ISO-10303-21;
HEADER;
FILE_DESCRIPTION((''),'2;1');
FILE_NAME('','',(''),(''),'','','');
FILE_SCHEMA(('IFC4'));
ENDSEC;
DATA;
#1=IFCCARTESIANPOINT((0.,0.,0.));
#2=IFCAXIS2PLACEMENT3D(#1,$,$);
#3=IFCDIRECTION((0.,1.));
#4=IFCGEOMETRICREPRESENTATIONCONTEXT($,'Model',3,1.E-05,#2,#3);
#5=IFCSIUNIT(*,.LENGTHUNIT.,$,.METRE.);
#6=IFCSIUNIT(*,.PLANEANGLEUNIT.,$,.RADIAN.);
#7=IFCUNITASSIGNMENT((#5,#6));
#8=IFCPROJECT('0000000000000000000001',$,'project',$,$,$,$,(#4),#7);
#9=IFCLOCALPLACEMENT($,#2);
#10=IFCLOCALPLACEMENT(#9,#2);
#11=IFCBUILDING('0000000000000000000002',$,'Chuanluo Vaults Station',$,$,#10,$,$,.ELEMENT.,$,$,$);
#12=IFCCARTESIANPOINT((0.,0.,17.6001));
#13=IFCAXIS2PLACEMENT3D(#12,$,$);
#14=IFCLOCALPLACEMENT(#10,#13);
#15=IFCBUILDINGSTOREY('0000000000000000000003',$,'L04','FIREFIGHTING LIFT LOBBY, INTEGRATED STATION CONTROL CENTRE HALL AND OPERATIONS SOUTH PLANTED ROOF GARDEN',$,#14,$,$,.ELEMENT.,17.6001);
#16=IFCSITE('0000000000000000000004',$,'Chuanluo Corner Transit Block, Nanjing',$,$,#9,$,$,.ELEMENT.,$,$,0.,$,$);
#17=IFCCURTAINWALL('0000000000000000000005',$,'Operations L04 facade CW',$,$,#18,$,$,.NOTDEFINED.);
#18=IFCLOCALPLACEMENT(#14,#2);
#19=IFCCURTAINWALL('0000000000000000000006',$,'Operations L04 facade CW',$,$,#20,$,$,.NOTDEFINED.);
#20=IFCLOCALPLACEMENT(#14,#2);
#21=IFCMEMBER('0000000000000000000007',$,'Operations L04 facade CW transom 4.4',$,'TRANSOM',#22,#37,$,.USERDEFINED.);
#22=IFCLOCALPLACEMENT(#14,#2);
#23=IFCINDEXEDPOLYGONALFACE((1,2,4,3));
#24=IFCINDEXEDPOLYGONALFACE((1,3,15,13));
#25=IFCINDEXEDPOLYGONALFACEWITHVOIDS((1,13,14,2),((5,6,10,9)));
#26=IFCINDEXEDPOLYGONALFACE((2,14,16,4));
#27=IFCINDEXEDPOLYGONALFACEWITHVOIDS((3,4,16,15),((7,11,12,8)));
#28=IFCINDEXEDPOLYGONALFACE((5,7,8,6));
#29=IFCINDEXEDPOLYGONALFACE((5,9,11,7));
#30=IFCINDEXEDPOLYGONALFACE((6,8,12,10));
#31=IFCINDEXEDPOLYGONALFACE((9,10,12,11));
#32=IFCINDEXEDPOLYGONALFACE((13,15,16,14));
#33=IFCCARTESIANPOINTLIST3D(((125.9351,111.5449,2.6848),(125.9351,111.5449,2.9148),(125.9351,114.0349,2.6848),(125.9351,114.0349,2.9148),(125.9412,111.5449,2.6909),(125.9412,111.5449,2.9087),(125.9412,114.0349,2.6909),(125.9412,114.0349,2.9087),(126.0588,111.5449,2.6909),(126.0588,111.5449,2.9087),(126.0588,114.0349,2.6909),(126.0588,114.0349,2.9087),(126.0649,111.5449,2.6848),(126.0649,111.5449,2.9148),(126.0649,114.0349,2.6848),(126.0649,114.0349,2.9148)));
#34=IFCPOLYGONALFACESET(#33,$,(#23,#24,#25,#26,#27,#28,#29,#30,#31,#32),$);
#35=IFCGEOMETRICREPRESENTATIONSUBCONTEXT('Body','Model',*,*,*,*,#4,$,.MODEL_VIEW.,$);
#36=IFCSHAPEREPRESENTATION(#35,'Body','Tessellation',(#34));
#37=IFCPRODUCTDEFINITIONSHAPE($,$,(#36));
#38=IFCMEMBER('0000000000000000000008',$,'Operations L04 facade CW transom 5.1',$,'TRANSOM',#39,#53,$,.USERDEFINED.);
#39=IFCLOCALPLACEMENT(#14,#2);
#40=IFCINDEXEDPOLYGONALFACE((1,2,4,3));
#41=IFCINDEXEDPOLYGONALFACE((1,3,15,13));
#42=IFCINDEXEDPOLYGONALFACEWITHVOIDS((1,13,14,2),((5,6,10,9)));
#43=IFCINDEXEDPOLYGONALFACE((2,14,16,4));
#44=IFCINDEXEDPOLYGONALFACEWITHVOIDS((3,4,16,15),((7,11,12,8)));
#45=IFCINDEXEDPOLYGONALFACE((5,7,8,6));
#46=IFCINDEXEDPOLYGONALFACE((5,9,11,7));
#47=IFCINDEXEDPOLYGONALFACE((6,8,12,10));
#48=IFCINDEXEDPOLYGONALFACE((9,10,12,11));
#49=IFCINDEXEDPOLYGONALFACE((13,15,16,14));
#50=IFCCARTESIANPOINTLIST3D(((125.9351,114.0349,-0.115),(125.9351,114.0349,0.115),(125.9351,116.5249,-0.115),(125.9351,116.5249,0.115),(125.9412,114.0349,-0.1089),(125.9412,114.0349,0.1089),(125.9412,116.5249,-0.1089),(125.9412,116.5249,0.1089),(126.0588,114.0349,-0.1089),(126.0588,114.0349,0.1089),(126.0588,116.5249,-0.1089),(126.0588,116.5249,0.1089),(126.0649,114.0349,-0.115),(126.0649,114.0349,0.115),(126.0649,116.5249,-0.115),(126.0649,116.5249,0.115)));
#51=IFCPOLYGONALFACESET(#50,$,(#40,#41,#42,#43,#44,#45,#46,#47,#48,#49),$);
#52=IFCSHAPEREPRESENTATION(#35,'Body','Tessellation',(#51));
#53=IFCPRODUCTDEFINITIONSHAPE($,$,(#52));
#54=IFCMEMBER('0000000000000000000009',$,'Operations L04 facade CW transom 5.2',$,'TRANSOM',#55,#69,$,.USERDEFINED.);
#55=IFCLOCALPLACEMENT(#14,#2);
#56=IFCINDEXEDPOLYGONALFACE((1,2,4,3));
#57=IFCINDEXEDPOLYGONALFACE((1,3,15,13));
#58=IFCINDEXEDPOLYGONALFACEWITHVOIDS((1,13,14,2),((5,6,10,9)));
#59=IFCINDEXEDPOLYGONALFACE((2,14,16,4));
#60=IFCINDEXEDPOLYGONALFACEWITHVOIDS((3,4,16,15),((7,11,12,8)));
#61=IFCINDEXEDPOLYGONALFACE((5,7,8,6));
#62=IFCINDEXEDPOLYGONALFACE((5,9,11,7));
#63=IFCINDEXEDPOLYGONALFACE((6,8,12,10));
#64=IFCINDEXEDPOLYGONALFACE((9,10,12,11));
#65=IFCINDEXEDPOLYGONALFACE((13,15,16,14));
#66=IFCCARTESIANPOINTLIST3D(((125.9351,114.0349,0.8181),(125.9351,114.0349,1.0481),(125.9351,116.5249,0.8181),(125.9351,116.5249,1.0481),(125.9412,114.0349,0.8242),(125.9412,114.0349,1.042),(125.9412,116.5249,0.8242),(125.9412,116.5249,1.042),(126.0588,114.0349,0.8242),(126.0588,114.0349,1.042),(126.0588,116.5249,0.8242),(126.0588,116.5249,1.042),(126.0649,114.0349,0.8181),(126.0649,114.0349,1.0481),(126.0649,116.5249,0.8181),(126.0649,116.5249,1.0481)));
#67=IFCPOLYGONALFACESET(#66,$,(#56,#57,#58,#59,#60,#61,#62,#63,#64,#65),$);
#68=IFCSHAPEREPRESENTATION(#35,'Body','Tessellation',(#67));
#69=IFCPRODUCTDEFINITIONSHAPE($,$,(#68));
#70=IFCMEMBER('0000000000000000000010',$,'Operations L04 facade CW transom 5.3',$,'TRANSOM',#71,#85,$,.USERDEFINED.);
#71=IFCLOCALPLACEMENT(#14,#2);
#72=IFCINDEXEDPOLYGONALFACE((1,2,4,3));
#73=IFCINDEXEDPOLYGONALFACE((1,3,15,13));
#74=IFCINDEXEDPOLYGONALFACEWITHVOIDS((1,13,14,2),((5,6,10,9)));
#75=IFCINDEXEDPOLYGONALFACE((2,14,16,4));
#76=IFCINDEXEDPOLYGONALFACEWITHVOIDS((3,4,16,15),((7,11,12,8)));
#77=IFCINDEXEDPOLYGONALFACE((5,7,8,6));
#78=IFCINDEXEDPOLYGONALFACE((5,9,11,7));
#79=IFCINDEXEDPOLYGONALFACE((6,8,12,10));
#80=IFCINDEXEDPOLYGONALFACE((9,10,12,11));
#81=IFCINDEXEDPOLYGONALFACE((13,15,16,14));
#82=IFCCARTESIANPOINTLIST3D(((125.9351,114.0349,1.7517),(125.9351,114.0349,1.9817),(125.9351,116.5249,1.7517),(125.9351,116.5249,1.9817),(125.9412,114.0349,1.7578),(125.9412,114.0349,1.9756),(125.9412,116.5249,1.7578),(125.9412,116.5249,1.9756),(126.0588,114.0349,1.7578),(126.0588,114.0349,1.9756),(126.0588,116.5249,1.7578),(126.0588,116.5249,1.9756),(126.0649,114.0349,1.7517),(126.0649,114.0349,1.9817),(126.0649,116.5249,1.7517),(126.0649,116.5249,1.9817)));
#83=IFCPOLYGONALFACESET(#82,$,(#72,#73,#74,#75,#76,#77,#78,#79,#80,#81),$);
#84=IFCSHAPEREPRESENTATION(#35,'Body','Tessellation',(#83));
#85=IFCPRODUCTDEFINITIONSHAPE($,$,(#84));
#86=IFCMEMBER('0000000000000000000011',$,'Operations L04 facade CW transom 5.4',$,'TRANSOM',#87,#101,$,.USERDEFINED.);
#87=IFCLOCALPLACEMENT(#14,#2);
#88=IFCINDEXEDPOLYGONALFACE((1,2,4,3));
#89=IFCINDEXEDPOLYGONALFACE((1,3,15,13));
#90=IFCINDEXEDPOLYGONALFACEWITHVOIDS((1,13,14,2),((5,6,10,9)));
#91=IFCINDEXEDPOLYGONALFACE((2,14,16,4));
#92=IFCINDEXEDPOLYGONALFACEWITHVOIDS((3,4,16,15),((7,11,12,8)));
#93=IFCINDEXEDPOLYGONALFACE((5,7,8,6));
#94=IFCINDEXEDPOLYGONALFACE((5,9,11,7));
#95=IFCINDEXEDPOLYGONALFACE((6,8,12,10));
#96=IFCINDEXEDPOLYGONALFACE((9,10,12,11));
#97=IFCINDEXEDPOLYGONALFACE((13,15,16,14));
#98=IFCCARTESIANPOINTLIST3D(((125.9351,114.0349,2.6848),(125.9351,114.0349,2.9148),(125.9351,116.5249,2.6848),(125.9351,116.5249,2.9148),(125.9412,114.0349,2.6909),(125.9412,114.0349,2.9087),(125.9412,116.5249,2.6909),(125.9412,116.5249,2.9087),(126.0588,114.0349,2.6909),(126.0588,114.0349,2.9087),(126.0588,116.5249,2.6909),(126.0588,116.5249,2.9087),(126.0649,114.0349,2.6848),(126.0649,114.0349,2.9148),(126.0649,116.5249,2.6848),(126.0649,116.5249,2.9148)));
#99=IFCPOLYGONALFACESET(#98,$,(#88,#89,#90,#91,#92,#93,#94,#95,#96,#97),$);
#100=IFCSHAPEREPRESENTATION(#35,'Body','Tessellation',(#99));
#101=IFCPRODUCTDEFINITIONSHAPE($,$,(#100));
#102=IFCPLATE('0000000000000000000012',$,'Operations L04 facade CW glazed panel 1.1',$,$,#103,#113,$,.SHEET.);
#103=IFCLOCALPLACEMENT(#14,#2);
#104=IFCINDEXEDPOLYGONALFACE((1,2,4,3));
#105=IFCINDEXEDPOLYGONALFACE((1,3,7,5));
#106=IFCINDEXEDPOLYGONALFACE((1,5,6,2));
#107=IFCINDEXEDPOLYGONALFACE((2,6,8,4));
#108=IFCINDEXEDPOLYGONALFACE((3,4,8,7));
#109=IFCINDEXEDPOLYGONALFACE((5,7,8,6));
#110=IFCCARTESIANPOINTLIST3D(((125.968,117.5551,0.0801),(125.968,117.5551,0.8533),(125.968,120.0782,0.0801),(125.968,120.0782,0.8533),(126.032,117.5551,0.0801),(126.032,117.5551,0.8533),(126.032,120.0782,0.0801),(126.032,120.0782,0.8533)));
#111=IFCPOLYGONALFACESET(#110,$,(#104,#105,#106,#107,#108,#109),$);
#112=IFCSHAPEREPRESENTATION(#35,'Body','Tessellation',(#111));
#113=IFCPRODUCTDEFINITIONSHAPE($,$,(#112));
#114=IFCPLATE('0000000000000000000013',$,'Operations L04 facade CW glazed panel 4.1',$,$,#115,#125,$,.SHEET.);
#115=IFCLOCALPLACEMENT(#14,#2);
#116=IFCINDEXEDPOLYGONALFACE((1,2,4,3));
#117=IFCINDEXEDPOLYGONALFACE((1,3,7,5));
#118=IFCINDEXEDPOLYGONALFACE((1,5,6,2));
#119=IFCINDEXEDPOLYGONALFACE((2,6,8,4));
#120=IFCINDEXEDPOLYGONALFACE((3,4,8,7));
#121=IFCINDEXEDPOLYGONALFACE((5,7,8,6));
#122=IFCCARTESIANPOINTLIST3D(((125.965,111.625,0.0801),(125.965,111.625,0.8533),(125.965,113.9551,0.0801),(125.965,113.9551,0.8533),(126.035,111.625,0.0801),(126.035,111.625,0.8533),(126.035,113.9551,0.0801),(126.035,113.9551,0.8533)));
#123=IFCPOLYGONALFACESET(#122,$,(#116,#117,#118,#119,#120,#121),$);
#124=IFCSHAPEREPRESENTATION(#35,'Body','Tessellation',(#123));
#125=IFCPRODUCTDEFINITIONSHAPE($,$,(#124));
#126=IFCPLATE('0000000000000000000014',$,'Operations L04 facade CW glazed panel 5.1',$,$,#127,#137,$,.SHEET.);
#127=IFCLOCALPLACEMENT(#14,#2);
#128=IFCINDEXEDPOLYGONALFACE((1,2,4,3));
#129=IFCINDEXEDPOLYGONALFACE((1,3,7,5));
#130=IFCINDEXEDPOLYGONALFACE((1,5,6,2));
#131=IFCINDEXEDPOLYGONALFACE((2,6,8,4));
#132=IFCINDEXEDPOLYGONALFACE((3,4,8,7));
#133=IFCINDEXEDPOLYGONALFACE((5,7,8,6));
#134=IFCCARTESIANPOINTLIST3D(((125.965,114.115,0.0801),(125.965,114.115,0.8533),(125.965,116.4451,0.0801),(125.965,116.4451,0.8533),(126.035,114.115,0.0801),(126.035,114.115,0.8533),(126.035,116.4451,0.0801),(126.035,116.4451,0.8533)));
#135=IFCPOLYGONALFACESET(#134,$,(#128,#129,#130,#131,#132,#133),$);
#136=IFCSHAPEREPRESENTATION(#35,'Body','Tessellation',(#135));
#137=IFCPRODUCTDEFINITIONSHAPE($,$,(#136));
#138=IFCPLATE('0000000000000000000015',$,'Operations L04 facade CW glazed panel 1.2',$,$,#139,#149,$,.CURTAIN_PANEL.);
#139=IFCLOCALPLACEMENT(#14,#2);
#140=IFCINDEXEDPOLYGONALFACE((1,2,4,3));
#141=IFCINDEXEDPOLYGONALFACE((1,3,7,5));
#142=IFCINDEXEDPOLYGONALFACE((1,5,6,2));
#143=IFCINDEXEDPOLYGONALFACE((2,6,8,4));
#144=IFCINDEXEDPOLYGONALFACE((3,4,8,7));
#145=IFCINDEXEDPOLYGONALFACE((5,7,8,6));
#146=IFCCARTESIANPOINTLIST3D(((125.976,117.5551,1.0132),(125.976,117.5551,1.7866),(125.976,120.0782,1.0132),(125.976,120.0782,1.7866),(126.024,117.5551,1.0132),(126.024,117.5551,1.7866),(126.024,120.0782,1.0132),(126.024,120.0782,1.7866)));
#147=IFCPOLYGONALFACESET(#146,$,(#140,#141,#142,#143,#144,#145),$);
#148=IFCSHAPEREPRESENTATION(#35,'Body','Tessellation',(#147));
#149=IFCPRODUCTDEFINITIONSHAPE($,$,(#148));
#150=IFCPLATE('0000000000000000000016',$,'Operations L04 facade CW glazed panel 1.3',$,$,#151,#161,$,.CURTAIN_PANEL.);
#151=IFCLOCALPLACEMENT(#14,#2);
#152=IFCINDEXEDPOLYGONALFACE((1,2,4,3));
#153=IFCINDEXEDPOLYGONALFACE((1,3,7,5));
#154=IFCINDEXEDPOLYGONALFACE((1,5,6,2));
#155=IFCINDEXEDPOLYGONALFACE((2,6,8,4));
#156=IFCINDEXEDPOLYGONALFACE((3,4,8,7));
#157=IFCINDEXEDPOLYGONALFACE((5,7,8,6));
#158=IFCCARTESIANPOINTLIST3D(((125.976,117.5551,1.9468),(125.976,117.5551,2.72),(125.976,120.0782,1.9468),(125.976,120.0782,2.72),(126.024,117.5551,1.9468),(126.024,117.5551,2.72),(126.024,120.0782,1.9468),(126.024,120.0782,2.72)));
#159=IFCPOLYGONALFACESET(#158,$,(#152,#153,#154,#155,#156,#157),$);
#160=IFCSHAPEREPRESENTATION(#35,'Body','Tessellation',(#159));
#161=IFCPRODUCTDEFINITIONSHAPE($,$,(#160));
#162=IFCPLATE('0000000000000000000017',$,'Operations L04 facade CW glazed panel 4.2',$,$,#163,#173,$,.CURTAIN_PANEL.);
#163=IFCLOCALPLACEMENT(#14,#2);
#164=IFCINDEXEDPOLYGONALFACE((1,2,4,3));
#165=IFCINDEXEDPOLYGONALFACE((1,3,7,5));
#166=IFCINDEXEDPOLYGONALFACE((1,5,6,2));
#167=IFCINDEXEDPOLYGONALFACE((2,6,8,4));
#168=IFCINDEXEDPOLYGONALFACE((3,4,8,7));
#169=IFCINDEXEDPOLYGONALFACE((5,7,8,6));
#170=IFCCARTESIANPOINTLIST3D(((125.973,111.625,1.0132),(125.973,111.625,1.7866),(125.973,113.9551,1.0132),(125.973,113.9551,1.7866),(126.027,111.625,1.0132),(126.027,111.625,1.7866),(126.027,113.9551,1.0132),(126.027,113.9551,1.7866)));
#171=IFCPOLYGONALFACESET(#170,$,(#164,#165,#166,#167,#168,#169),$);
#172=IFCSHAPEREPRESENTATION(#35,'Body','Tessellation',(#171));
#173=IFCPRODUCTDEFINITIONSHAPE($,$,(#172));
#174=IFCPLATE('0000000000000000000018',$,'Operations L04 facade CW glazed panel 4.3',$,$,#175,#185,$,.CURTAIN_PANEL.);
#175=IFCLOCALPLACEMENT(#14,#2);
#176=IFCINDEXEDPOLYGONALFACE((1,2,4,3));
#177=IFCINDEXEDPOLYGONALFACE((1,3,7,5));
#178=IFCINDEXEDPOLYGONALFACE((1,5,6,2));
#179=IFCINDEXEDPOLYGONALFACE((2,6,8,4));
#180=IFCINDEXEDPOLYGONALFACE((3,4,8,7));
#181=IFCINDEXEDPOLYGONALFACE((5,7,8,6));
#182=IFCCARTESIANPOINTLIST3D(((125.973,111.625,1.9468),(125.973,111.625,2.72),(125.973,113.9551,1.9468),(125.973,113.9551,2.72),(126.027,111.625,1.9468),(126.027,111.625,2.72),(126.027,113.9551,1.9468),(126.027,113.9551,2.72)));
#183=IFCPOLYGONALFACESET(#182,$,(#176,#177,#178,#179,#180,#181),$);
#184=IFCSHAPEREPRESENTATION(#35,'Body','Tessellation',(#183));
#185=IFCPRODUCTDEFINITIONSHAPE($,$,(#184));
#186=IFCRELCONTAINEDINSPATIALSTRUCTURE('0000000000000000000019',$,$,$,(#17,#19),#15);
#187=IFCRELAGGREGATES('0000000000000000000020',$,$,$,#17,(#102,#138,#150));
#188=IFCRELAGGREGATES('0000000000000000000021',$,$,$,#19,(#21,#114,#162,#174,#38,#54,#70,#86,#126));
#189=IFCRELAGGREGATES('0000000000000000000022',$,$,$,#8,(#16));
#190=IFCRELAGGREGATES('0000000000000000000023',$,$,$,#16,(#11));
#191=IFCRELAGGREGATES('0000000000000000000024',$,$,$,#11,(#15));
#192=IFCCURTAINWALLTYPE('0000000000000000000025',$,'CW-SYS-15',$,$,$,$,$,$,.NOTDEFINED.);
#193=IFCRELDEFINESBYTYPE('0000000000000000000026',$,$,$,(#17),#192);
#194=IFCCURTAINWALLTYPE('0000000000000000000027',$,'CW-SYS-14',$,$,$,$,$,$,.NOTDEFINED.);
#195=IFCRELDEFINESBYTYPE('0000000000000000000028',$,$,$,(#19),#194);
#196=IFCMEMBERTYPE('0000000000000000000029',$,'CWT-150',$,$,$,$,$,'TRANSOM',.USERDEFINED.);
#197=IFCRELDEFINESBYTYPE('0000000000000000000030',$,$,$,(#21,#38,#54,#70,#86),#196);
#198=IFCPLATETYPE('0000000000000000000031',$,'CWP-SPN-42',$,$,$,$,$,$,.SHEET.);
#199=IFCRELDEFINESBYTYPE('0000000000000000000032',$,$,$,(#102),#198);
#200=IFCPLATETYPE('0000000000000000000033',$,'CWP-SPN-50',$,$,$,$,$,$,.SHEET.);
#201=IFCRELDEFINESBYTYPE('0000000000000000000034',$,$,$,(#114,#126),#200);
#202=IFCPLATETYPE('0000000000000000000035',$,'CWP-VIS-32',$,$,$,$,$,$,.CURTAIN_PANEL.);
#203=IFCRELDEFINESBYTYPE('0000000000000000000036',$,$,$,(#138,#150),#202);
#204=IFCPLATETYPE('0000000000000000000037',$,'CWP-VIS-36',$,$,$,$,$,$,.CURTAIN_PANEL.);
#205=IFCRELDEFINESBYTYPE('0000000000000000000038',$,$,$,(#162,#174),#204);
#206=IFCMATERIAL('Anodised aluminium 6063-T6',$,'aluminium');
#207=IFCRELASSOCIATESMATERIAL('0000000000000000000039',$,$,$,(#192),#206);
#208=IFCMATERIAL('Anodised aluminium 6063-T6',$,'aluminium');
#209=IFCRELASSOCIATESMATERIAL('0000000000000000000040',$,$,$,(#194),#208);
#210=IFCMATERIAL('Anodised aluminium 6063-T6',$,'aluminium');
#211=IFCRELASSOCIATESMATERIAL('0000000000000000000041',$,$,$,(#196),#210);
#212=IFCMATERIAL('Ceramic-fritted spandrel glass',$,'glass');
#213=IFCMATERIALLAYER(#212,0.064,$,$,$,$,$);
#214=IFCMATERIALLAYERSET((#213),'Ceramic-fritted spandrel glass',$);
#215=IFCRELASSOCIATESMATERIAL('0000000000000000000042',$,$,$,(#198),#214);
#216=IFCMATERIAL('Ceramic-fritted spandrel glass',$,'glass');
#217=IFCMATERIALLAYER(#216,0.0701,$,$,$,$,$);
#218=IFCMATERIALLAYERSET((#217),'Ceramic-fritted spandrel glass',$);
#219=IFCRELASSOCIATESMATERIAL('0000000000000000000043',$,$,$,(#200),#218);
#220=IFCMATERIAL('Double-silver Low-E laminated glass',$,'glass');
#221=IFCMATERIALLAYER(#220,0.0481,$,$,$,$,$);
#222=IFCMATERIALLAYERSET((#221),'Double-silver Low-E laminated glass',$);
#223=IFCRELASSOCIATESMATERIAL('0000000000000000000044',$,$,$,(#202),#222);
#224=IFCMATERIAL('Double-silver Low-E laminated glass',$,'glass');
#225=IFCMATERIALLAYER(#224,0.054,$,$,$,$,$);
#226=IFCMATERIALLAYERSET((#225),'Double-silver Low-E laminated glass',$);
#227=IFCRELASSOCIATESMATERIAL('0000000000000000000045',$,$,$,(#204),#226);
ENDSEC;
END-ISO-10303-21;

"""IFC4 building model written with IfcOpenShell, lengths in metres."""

from ifc_helpers import new_model, si_unit, direction, frame, origin, origin_2d, place, context, subcontext, project, spatial, rectangle, hollow_rectangle, extrude, material, layer, layer_set, material_profile, profile_set, type_object, element, aggregate, save


model = new_model("IFC4")

# Units and contexts
model_context = context("Model", 3, precision=1e-05, world=origin(), true_north=direction((0.0, 1.0)))
body_context = subcontext(model_context, "Body", "Model", "MODEL_VIEW")
ifc_project = project(units=[si_unit("LENGTHUNIT", "METRE"), si_unit("PLANEANGLEUNIT", "RADIAN")], contexts=[model_context])

# Site, building, storey
site_placement = place(None, origin())
site = spatial("IfcSite", under=ifc_project, at=site_placement, Name="Chuanluo Corner Transit Block, Nanjing", CompositionType="ELEMENT", RefElevation=0.0)
building_placement = place(site_placement, origin())
building = spatial("IfcBuilding", under=site, at=building_placement, Name="Chuanluo Vaults Station", CompositionType="ELEMENT")
storey_placement = place(building_placement, frame((0.0, 0.0, 17.6001)))
storey = spatial("IfcBuildingStorey", under=building, at=storey_placement, Name="L04", Description="FIREFIGHTING LIFT LOBBY, INTEGRATED STATION CONTROL CENTRE HALL AND OPERATIONS SOUTH PLANTED ROOF GARDEN", CompositionType="ELEMENT", Elevation=17.6001)

# Curtain walls, members
ifc_material_1 = material(Name="Anodised aluminium 6063-T6", Category="aluminium")
curtain_wall_type_1 = type_object("IfcCurtainWallType", Name="CW-SYS-15", PredefinedType="NOTDEFINED", material=ifc_material_1)
curtain_wall_1_placement = place(storey_placement, origin())
curtain_wall_1 = element("IfcCurtainWall", 1, at=curtain_wall_1_placement, inside=storey, type_object=curtain_wall_type_1, Name="Operations L04 facade CW", PredefinedType="NOTDEFINED")
ifc_material_2 = material(Name="Anodised aluminium 6063-T6", Category="aluminium")
curtain_wall_type_2 = type_object("IfcCurtainWallType", Name="CW-SYS-14", PredefinedType="NOTDEFINED", material=ifc_material_2)
curtain_wall_2_placement = place(storey_placement, origin())
curtain_wall_2 = element("IfcCurtainWall", 2, at=curtain_wall_2_placement, inside=storey, type_object=curtain_wall_type_2, Name="Operations L04 facade CW", PredefinedType="NOTDEFINED")
ifc_material_3 = material(Name="Anodised aluminium 6063-T6", Category="aluminium")
ifc_material_profile_1 = material_profile(ifc_material_3, hollow_rectangle(XDim=0.1299, YDim=0.23, WallThickness=0.0061, at=origin_2d()))
ifc_profile_set_1 = profile_set([ifc_material_profile_1], Name="Anodised aluminium 6063-T6")
member_type_1 = type_object("IfcMemberType", Name="CWT-150", ElementType="TRANSOM", PredefinedType="USERDEFINED", material=ifc_profile_set_1)
member_1_placement = place(storey_placement, frame((126.0, 111.5449, 2.7998), z_axis=(0.0, 1.0, 0.0), x_axis=(-1.0, 0.0, 0.0)))
member_1 = element("IfcMember", 3, at=member_1_placement, type_object=member_type_1, Name="Operations L04 facade CW transom 4.4", ObjectType="TRANSOM", PredefinedType="USERDEFINED", context=body_context, shape_type="SweptSolid", body=[
    extrude(hollow_rectangle(XDim=0.1299, YDim=0.23, WallThickness=0.0061, at=origin_2d()), origin(), (0.0, 0.0, 1.0), 2.49),
])
member_2_placement = place(storey_placement, frame((126.0, 114.0349, 0.0), z_axis=(0.0, 1.0, 0.0), x_axis=(-1.0, 0.0, 0.0)))
member_2 = element("IfcMember", 4, at=member_2_placement, type_object=member_type_1, Name="Operations L04 facade CW transom 5.1", ObjectType="TRANSOM", PredefinedType="USERDEFINED", context=body_context, shape_type="SweptSolid", body=[
    extrude(hollow_rectangle(XDim=0.1299, YDim=0.23, WallThickness=0.0061, at=origin_2d()), origin(), (0.0, 0.0, 1.0), 2.49),
])
member_3_placement = place(storey_placement, frame((126.0, 114.0349, 0.9331), z_axis=(0.0, 1.0, 0.0), x_axis=(-1.0, 0.0, 0.0)))
member_3 = element("IfcMember", 5, at=member_3_placement, type_object=member_type_1, Name="Operations L04 facade CW transom 5.2", ObjectType="TRANSOM", PredefinedType="USERDEFINED", context=body_context, shape_type="SweptSolid", body=[
    extrude(hollow_rectangle(XDim=0.1299, YDim=0.23, WallThickness=0.0061, at=origin_2d()), origin(), (0.0, 0.0, 1.0), 2.49),
])
member_4_placement = place(storey_placement, frame((126.0, 114.0349, 1.8667), z_axis=(0.0, 1.0, 0.0), x_axis=(-1.0, 0.0, 0.0)))
member_4 = element("IfcMember", 6, at=member_4_placement, type_object=member_type_1, Name="Operations L04 facade CW transom 5.3", ObjectType="TRANSOM", PredefinedType="USERDEFINED", context=body_context, shape_type="SweptSolid", body=[
    extrude(hollow_rectangle(XDim=0.1299, YDim=0.23, WallThickness=0.0061, at=origin_2d()), origin(), (0.0, 0.0, 1.0), 2.49),
])
member_5_placement = place(storey_placement, frame((126.0, 114.0349, 2.7998), z_axis=(0.0, 1.0, 0.0), x_axis=(-1.0, 0.0, 0.0)))
member_5 = element("IfcMember", 7, at=member_5_placement, type_object=member_type_1, Name="Operations L04 facade CW transom 5.4", ObjectType="TRANSOM", PredefinedType="USERDEFINED", context=body_context, shape_type="SweptSolid", body=[
    extrude(hollow_rectangle(XDim=0.1299, YDim=0.23, WallThickness=0.0061, at=origin_2d()), origin(), (0.0, 0.0, 1.0), 2.49),
])

# Plates
ifc_material_4 = material(Name="Ceramic-fritted spandrel glass", Category="glass")
ifc_layer_1 = layer(ifc_material_4, 0.064)
ifc_layer_set_1 = layer_set([ifc_layer_1], Name="Ceramic-fritted spandrel glass")
plate_type_1 = type_object("IfcPlateType", Name="CWP-SPN-42", PredefinedType="SHEET", material=ifc_layer_set_1)
plate_1_placement = place(storey_placement, frame((126.0, 118.8167, 0.0801), z_axis=(0.0, 0.0, 1.0), x_axis=(0.0, 1.0, 0.0)))
plate_1 = element("IfcPlate", 8, at=plate_1_placement, type_object=plate_type_1, Name="Operations L04 facade CW glazed panel 1.1", PredefinedType="SHEET", context=body_context, shape_type="SweptSolid", body=[
    extrude(rectangle(XDim=2.5232, YDim=0.064, at=origin_2d()), origin(), (0.0, 0.0, 1.0), 0.7732),
])
ifc_material_5 = material(Name="Ceramic-fritted spandrel glass", Category="glass")
ifc_layer_2 = layer(ifc_material_5, 0.0701)
ifc_layer_set_2 = layer_set([ifc_layer_2], Name="Ceramic-fritted spandrel glass")
plate_type_2 = type_object("IfcPlateType", Name="CWP-SPN-50", PredefinedType="SHEET", material=ifc_layer_set_2)
plate_2_placement = place(storey_placement, frame((126.0, 112.79, 0.0801), z_axis=(0.0, 0.0, 1.0), x_axis=(0.0, 1.0, 0.0)))
plate_2 = element("IfcPlate", 9, at=plate_2_placement, type_object=plate_type_2, Name="Operations L04 facade CW glazed panel 4.1", PredefinedType="SHEET", context=body_context, shape_type="SweptSolid", body=[
    extrude(rectangle(XDim=2.3301, YDim=0.0701, at=origin_2d()), origin(), (0.0, 0.0, 1.0), 0.7732),
])
plate_3_placement = place(storey_placement, frame((126.0, 115.28, 0.0801), z_axis=(0.0, 0.0, 1.0), x_axis=(0.0, 1.0, 0.0)))
plate_3 = element("IfcPlate", 10, at=plate_3_placement, type_object=plate_type_2, Name="Operations L04 facade CW glazed panel 5.1", PredefinedType="SHEET", context=body_context, shape_type="SweptSolid", body=[
    extrude(rectangle(XDim=2.3301, YDim=0.0701, at=origin_2d()), origin(), (0.0, 0.0, 1.0), 0.7732),
])
ifc_material_6 = material(Name="Double-silver Low-E laminated glass", Category="glass")
ifc_layer_3 = layer(ifc_material_6, 0.0481)
ifc_layer_set_3 = layer_set([ifc_layer_3], Name="Double-silver Low-E laminated glass")
plate_type_3 = type_object("IfcPlateType", Name="CWP-VIS-32", PredefinedType="CURTAIN_PANEL", material=ifc_layer_set_3)
plate_4_placement = place(storey_placement, frame((126.0, 118.8167, 1.0132), z_axis=(0.0, 0.0, 1.0), x_axis=(0.0, 1.0, 0.0)))
plate_4 = element("IfcPlate", 11, at=plate_4_placement, type_object=plate_type_3, Name="Operations L04 facade CW glazed panel 1.2", PredefinedType="CURTAIN_PANEL", context=body_context, shape_type="SweptSolid", body=[
    extrude(rectangle(XDim=2.5232, YDim=0.0481, at=origin_2d()), origin(), (0.0, 0.0, 1.0), 0.7734),
])
plate_5_placement = place(storey_placement, frame((126.0, 118.8167, 1.9468), z_axis=(0.0, 0.0, 1.0), x_axis=(0.0, 1.0, 0.0)))
plate_5 = element("IfcPlate", 12, at=plate_5_placement, type_object=plate_type_3, Name="Operations L04 facade CW glazed panel 1.3", PredefinedType="CURTAIN_PANEL", context=body_context, shape_type="SweptSolid", body=[
    extrude(rectangle(XDim=2.5232, YDim=0.0481, at=origin_2d()), origin(), (0.0, 0.0, 1.0), 0.7732),
])
aggregate(curtain_wall_1, [plate_1, plate_4, plate_5])
ifc_material_7 = material(Name="Double-silver Low-E laminated glass", Category="glass")
ifc_layer_4 = layer(ifc_material_7, 0.054)
ifc_layer_set_4 = layer_set([ifc_layer_4], Name="Double-silver Low-E laminated glass")
plate_type_4 = type_object("IfcPlateType", Name="CWP-VIS-36", PredefinedType="CURTAIN_PANEL", material=ifc_layer_set_4)
plate_6_placement = place(storey_placement, frame((126.0, 112.79, 1.0132), z_axis=(0.0, 0.0, 1.0), x_axis=(0.0, 1.0, 0.0)))
plate_6 = element("IfcPlate", 13, at=plate_6_placement, type_object=plate_type_4, Name="Operations L04 facade CW glazed panel 4.2", PredefinedType="CURTAIN_PANEL", context=body_context, shape_type="SweptSolid", body=[
    extrude(rectangle(XDim=2.3301, YDim=0.054, at=origin_2d()), origin(), (0.0, 0.0, 1.0), 0.7734),
])
plate_7_placement = place(storey_placement, frame((126.0, 112.79, 1.9468), z_axis=(0.0, 0.0, 1.0), x_axis=(0.0, 1.0, 0.0)))
plate_7 = element("IfcPlate", 14, at=plate_7_placement, type_object=plate_type_4, Name="Operations L04 facade CW glazed panel 4.3", PredefinedType="CURTAIN_PANEL", context=body_context, shape_type="SweptSolid", body=[
    extrude(rectangle(XDim=2.3301, YDim=0.054, at=origin_2d()), origin(), (0.0, 0.0, 1.0), 0.7732),
])
aggregate(curtain_wall_2, [member_1, plate_2, plate_6, plate_7, member_2, member_3, member_4, member_5, plate_3])

save(model, "model.ifc")
